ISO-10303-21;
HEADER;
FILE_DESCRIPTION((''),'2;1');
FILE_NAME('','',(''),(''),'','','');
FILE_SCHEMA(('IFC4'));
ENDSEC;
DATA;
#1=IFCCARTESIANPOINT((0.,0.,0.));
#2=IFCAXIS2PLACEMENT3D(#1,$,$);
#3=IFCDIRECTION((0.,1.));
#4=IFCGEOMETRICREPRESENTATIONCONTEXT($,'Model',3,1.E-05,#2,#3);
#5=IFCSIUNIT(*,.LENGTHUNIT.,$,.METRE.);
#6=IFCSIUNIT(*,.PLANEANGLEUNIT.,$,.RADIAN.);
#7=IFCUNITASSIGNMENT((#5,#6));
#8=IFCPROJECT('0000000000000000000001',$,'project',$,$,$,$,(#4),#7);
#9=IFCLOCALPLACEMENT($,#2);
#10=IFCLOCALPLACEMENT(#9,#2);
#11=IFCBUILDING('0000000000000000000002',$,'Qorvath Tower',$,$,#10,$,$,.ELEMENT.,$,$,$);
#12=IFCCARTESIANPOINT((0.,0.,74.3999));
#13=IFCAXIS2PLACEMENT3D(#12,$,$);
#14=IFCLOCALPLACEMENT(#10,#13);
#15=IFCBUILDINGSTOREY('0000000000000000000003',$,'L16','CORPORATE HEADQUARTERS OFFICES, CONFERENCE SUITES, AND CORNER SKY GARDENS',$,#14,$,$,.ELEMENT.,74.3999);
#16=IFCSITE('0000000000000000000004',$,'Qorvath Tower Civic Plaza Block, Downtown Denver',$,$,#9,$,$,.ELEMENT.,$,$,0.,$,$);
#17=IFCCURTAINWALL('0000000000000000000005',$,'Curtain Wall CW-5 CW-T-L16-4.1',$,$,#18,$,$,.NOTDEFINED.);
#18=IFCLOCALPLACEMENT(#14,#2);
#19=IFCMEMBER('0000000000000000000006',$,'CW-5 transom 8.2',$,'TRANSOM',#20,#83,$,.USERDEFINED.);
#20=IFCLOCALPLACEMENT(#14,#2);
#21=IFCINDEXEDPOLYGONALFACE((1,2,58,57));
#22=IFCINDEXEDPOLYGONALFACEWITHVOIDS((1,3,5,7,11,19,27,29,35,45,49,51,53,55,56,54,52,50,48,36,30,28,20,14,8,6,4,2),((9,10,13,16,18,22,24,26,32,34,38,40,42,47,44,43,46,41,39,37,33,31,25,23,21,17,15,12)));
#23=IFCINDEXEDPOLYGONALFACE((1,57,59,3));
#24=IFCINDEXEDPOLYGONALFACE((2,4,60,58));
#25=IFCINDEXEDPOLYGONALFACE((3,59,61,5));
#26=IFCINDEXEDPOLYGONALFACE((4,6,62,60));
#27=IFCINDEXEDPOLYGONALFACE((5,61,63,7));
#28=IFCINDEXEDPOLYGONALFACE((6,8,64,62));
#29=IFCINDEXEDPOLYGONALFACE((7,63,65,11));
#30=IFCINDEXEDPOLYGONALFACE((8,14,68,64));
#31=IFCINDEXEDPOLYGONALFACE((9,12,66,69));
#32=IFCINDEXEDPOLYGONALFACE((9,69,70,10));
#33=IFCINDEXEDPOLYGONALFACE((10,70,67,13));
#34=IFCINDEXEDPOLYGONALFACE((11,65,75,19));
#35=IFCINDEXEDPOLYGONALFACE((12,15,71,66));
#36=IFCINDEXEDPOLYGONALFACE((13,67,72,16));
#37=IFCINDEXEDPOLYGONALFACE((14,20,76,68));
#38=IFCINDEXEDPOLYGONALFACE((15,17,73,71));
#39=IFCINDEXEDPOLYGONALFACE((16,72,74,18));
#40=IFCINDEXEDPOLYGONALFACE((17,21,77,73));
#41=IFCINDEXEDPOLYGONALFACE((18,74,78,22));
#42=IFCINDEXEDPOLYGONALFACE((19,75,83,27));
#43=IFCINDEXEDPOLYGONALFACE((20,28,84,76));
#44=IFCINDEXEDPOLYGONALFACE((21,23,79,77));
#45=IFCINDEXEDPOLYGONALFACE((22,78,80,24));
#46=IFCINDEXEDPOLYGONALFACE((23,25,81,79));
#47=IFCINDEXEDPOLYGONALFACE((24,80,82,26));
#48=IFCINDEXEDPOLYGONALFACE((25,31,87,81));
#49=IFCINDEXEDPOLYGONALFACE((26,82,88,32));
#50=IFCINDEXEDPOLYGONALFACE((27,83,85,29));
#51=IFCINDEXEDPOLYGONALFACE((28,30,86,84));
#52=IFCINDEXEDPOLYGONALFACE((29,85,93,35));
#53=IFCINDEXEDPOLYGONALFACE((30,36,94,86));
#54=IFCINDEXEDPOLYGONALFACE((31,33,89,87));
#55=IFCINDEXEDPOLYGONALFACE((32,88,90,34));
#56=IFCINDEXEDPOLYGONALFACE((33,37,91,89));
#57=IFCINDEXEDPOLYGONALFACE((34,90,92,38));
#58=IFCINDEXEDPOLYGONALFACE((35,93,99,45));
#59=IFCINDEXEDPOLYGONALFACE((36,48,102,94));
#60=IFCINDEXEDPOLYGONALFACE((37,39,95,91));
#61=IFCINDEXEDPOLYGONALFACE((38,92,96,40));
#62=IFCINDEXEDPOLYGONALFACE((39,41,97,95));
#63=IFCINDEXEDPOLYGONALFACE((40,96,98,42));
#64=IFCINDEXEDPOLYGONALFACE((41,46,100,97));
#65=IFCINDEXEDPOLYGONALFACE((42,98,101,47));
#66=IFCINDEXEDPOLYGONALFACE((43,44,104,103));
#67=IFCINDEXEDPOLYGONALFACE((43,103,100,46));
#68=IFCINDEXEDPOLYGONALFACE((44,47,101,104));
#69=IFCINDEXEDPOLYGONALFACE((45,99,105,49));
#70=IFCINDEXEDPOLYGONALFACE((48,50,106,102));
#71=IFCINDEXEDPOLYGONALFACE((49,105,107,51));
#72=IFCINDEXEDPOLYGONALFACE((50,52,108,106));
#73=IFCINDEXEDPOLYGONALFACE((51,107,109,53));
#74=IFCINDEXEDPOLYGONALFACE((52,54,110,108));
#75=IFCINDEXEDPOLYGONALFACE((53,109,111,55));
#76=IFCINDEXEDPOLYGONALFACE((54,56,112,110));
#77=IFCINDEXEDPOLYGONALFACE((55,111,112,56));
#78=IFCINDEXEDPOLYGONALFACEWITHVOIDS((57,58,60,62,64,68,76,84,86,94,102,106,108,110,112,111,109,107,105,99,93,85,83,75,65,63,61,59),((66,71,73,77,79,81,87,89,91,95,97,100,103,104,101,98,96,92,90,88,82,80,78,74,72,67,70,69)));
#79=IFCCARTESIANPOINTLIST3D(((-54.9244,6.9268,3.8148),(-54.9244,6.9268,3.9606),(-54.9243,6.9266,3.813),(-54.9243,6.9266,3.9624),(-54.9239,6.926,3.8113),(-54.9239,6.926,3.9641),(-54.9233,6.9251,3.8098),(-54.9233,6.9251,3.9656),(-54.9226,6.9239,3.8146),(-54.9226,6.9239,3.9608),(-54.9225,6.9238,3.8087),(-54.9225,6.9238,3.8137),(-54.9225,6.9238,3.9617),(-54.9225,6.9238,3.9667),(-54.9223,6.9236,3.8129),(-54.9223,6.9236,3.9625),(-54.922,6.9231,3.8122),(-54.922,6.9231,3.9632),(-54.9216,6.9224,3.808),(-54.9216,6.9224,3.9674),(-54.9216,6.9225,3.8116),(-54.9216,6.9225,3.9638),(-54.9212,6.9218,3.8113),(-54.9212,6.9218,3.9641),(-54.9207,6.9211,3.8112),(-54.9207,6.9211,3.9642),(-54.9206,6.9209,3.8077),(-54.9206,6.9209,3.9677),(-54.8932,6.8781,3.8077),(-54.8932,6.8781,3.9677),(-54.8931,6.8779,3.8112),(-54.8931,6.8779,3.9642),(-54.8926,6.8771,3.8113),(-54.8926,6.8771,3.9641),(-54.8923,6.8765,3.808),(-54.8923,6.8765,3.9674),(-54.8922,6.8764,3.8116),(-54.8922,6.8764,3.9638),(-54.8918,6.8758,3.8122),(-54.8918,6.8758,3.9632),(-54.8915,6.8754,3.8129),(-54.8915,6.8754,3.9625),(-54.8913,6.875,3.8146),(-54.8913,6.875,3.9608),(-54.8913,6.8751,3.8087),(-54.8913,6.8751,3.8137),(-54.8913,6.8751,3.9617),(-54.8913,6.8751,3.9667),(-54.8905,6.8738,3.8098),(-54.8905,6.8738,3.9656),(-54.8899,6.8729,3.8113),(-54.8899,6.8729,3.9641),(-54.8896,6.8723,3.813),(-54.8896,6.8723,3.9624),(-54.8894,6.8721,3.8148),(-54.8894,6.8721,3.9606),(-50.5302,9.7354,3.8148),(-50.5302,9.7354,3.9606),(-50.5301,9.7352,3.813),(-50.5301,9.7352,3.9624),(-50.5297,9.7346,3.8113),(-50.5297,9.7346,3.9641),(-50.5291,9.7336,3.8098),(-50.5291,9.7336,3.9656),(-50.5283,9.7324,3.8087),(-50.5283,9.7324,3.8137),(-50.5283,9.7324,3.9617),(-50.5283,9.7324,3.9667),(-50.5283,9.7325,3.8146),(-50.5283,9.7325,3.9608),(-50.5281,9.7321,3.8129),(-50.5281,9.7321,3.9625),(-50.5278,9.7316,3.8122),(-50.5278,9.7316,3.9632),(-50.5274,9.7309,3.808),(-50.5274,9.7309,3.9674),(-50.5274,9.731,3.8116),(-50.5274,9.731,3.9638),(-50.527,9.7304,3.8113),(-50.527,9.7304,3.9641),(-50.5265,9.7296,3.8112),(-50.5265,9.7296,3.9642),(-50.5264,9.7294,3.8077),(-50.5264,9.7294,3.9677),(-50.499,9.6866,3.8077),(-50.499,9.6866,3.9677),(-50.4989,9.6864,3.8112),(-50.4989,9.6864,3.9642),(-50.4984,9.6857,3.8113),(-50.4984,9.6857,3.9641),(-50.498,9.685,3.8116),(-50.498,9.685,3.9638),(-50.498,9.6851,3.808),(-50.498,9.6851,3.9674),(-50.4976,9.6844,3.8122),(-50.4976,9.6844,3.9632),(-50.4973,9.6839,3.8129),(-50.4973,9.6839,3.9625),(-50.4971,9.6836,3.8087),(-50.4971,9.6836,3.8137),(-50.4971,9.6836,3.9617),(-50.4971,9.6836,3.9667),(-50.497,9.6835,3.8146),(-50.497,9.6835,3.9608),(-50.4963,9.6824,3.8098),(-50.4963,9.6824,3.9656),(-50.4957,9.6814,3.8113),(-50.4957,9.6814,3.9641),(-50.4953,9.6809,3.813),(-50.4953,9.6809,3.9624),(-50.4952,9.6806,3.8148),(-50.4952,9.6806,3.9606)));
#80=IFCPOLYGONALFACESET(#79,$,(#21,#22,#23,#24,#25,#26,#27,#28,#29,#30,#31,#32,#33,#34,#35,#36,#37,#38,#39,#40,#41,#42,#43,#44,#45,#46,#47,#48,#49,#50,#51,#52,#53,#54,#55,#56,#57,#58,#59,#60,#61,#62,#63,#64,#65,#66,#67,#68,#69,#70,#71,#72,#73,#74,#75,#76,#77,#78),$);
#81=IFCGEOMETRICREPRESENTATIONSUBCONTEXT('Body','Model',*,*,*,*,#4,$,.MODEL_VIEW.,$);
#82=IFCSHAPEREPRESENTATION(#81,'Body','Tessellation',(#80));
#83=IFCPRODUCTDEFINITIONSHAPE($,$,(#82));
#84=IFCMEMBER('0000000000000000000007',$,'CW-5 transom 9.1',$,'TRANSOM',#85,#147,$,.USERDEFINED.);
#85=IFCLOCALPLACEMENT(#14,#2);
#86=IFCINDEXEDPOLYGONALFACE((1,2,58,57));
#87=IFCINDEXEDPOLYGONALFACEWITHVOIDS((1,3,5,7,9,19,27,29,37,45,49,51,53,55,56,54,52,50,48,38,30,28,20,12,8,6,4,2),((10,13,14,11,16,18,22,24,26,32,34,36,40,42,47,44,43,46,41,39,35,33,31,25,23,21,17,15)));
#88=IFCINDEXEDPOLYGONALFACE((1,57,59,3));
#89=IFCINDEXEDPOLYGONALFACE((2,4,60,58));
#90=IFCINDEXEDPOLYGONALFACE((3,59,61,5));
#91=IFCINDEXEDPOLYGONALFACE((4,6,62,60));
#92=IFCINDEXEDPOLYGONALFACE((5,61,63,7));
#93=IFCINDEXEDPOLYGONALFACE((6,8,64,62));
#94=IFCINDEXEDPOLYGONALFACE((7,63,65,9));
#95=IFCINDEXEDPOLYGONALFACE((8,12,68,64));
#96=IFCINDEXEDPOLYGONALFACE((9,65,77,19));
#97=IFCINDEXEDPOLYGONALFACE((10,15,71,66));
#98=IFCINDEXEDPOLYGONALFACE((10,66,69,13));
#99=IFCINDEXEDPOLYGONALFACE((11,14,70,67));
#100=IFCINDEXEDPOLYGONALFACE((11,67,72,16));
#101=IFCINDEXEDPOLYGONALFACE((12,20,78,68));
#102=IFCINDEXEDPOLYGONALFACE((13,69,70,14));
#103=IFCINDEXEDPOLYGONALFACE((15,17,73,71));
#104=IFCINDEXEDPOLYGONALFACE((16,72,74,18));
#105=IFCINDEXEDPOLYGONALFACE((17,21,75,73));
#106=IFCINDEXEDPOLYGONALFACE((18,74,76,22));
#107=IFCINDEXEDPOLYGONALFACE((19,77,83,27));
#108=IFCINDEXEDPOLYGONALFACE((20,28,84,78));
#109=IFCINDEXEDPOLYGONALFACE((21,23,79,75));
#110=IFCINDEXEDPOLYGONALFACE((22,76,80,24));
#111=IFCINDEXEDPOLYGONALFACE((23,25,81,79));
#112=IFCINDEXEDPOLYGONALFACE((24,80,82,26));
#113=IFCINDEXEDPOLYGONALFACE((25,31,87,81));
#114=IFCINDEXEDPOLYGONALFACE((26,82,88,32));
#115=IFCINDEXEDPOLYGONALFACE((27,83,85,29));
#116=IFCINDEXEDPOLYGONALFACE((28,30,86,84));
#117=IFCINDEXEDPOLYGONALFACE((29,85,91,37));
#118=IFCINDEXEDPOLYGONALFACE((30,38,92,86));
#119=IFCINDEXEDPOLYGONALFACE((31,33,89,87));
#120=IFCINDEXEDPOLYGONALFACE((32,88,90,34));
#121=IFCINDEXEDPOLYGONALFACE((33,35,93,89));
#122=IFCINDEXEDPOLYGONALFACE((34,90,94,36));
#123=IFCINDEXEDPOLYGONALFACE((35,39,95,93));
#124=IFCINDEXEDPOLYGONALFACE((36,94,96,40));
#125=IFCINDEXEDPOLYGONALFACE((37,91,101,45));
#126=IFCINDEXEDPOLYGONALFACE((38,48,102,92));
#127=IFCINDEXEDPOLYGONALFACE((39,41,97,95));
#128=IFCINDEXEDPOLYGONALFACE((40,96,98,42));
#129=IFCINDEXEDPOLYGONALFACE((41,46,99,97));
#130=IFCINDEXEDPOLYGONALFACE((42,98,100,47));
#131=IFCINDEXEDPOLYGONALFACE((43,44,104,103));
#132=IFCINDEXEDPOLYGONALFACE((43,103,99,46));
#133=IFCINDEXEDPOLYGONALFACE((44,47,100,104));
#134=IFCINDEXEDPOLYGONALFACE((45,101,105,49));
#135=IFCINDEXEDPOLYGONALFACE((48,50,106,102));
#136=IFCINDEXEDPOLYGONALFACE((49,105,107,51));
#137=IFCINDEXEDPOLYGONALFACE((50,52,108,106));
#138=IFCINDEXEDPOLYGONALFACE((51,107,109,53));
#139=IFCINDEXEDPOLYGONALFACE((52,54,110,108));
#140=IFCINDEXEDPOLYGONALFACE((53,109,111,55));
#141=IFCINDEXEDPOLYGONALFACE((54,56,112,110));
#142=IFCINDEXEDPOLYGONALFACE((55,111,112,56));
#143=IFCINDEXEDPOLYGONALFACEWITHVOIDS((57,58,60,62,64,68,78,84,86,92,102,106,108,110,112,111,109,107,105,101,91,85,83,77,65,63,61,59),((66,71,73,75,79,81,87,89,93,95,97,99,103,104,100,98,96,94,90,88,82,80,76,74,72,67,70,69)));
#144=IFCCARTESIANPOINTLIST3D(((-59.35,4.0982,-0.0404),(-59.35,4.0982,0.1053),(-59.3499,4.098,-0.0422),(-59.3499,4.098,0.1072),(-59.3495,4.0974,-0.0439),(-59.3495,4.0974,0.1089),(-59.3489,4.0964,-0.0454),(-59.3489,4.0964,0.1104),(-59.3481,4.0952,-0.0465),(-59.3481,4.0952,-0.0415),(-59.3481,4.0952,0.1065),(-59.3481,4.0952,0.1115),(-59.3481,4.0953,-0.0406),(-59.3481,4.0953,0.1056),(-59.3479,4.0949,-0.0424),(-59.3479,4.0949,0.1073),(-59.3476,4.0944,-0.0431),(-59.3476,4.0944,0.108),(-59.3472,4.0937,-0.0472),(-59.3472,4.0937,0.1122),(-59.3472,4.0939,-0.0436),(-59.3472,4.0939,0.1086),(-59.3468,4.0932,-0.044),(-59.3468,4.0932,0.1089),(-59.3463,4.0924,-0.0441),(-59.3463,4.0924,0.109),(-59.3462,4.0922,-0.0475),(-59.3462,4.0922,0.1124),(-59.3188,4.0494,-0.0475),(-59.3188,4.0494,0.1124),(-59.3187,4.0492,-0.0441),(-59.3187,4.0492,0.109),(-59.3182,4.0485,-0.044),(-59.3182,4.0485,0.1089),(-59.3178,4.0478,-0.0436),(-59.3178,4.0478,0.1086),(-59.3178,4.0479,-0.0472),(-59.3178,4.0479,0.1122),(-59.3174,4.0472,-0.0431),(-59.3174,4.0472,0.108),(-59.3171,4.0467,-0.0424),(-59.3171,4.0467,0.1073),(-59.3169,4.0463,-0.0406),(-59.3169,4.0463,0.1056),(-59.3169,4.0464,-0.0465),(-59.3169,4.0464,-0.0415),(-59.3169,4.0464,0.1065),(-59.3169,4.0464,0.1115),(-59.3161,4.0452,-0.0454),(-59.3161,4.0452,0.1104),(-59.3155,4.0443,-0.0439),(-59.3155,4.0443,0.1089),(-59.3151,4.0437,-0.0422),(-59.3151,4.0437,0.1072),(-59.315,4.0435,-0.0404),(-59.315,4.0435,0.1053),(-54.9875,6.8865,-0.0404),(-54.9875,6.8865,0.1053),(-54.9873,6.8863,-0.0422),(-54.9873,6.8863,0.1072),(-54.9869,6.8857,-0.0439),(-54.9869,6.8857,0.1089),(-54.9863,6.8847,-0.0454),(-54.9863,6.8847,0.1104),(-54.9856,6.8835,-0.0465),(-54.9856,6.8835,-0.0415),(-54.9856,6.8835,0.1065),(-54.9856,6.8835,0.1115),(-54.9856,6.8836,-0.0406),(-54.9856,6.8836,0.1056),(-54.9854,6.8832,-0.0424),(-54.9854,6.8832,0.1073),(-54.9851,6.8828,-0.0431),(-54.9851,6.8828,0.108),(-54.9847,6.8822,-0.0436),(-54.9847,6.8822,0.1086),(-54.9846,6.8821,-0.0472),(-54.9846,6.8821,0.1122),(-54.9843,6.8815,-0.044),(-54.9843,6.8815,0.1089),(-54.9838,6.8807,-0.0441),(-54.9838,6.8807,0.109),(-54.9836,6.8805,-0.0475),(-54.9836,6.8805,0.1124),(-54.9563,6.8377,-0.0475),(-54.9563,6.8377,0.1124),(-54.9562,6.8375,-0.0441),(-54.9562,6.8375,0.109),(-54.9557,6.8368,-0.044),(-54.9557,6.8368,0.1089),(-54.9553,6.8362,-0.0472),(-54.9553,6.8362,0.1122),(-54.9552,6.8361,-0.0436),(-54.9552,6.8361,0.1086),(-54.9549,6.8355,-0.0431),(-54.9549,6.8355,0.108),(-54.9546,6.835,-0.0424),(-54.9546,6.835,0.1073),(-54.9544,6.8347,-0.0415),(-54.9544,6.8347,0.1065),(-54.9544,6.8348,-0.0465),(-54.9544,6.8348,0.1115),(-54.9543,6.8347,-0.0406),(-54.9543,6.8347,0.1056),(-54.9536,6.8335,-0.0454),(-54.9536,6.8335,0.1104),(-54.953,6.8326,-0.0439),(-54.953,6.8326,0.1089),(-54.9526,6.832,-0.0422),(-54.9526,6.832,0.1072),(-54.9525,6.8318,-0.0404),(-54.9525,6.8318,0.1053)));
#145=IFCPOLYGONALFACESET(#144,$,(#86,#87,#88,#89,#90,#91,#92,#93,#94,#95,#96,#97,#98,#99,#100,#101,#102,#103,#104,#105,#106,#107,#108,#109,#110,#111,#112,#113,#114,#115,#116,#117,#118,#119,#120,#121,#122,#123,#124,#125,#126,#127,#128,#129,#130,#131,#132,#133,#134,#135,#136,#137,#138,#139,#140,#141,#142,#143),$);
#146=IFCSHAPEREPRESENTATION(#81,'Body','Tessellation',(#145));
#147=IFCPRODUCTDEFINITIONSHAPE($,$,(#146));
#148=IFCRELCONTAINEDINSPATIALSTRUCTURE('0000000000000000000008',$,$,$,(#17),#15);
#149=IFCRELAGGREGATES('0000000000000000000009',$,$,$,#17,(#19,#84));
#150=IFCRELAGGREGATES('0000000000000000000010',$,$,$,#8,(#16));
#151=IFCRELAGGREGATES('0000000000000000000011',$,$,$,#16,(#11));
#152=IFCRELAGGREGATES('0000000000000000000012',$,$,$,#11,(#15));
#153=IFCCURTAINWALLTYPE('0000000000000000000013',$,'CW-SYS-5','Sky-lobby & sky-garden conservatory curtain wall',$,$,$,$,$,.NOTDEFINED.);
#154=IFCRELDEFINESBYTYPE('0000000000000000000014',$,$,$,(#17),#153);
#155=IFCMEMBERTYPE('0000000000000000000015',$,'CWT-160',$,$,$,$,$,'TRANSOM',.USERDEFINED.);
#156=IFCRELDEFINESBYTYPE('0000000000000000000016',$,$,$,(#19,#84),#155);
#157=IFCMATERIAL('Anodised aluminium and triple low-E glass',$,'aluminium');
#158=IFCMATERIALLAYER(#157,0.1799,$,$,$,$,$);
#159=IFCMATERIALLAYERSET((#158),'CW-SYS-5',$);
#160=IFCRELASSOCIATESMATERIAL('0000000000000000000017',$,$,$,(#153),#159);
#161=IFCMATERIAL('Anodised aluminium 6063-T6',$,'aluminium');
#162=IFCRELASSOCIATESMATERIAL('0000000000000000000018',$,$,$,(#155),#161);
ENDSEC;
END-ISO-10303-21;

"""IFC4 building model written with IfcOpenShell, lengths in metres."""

from ifc_helpers import new_model, si_unit, direction, frame, origin, origin_2d, place, context, subcontext, project, spatial, hollow_rectangle, extrude, material, layer, layer_set, material_profile, profile_set, type_object, element, aggregate, save


model = new_model("IFC4")

# Units and contexts
model_context = context("Model", 3, precision=1e-05, world=origin(), true_north=direction((0.0, 1.0)))
body_context = subcontext(model_context, "Body", "Model", "MODEL_VIEW")
ifc_project = project(units=[si_unit("LENGTHUNIT", "METRE"), si_unit("PLANEANGLEUNIT", "RADIAN")], contexts=[model_context])

# Site, building, storey
site_placement = place(None, origin())
site = spatial("IfcSite", under=ifc_project, at=site_placement, Name="Qorvath Tower Civic Plaza Block, Downtown Denver", CompositionType="ELEMENT", RefElevation=0.0)
building_placement = place(site_placement, origin())
building = spatial("IfcBuilding", under=site, at=building_placement, Name="Qorvath Tower", CompositionType="ELEMENT")
storey_placement = place(building_placement, frame((0.0, 0.0, 74.3999)))
storey = spatial("IfcBuildingStorey", under=building, at=storey_placement, Name="L16", Description="CORPORATE HEADQUARTERS OFFICES, CONFERENCE SUITES, AND CORNER SKY GARDENS", CompositionType="ELEMENT", Elevation=74.3999)

# Curtain wall
ifc_material_1 = material(Name="Anodised aluminium and triple low-E glass", Category="aluminium")
ifc_layer_1 = layer(ifc_material_1, 0.1799)
ifc_layer_set_1 = layer_set([ifc_layer_1], Name="CW-SYS-5")
curtain_wall_type = type_object("IfcCurtainWallType", Name="CW-SYS-5", Description="Sky-lobby & sky-garden conservatory curtain wall", PredefinedType="NOTDEFINED", material=ifc_layer_set_1)
curtain_wall_1_placement = place(storey_placement, origin())
curtain_wall_1 = element("IfcCurtainWall", 1, at=curtain_wall_1_placement, inside=storey, type_object=curtain_wall_type, Name="Curtain Wall CW-5 CW-T-L16-4.1", PredefinedType="NOTDEFINED")

# Members
ifc_material_2 = material(Name="Anodised aluminium 6063-T6", Category="aluminium")
ifc_material_profile_1 = material_profile(ifc_material_2, hollow_rectangle(XDim=0.0649, YDim=0.1599, WallThickness=0.0034, InnerFilletRadius=0.0034, OuterFilletRadius=0.0071, at=origin_2d()), Name="CWT 160x65")
ifc_profile_set_1 = profile_set([ifc_material_profile_1], Name="Anodised aluminium 6063-T6")
member_type_1 = type_object("IfcMemberType", Name="CWT-160", ElementType="TRANSOM", PredefinedType="USERDEFINED", material=ifc_profile_set_1)
member_1_placement = place(storey_placement, frame((-50.5127, 9.708, 3.8877), z_axis=(-0.842598, -0.538543, 0.0), x_axis=(0.538543, -0.842598, 0.0)))
member_1 = element("IfcMember", 2, at=member_1_placement, type_object=member_type_1, Name="CW-5 transom 8.2", ObjectType="TRANSOM", PredefinedType="USERDEFINED", context=body_context, shape_type="SweptSolid", body=[
    extrude(hollow_rectangle(XDim=0.0649, YDim=0.1599, WallThickness=0.0034, InnerFilletRadius=0.0034, OuterFilletRadius=0.0071, at=origin_2d()), origin(), (0.0, 0.0, 1.0), 5.2151),
])
member_2_placement = place(storey_placement, frame((-54.97, 6.8591, 0.0325), z_axis=(-0.842596, -0.538546, 0.0), x_axis=(0.538546, -0.842596, 0.0)))
member_2 = element("IfcMember", 3, at=member_2_placement, type_object=member_type_1, Name="CW-5 transom 9.1", ObjectType="TRANSOM", PredefinedType="USERDEFINED", context=body_context, shape_type="SweptSolid", body=[
    extrude(hollow_rectangle(XDim=0.0649, YDim=0.1599, WallThickness=0.0034, InnerFilletRadius=0.0034, OuterFilletRadius=0.0071, at=origin_2d()), origin(), (0.0, 0.0, 1.0), 5.1775),
])

aggregate(curtain_wall_1, [member_1, member_2])

save(model, "model.ifc")
